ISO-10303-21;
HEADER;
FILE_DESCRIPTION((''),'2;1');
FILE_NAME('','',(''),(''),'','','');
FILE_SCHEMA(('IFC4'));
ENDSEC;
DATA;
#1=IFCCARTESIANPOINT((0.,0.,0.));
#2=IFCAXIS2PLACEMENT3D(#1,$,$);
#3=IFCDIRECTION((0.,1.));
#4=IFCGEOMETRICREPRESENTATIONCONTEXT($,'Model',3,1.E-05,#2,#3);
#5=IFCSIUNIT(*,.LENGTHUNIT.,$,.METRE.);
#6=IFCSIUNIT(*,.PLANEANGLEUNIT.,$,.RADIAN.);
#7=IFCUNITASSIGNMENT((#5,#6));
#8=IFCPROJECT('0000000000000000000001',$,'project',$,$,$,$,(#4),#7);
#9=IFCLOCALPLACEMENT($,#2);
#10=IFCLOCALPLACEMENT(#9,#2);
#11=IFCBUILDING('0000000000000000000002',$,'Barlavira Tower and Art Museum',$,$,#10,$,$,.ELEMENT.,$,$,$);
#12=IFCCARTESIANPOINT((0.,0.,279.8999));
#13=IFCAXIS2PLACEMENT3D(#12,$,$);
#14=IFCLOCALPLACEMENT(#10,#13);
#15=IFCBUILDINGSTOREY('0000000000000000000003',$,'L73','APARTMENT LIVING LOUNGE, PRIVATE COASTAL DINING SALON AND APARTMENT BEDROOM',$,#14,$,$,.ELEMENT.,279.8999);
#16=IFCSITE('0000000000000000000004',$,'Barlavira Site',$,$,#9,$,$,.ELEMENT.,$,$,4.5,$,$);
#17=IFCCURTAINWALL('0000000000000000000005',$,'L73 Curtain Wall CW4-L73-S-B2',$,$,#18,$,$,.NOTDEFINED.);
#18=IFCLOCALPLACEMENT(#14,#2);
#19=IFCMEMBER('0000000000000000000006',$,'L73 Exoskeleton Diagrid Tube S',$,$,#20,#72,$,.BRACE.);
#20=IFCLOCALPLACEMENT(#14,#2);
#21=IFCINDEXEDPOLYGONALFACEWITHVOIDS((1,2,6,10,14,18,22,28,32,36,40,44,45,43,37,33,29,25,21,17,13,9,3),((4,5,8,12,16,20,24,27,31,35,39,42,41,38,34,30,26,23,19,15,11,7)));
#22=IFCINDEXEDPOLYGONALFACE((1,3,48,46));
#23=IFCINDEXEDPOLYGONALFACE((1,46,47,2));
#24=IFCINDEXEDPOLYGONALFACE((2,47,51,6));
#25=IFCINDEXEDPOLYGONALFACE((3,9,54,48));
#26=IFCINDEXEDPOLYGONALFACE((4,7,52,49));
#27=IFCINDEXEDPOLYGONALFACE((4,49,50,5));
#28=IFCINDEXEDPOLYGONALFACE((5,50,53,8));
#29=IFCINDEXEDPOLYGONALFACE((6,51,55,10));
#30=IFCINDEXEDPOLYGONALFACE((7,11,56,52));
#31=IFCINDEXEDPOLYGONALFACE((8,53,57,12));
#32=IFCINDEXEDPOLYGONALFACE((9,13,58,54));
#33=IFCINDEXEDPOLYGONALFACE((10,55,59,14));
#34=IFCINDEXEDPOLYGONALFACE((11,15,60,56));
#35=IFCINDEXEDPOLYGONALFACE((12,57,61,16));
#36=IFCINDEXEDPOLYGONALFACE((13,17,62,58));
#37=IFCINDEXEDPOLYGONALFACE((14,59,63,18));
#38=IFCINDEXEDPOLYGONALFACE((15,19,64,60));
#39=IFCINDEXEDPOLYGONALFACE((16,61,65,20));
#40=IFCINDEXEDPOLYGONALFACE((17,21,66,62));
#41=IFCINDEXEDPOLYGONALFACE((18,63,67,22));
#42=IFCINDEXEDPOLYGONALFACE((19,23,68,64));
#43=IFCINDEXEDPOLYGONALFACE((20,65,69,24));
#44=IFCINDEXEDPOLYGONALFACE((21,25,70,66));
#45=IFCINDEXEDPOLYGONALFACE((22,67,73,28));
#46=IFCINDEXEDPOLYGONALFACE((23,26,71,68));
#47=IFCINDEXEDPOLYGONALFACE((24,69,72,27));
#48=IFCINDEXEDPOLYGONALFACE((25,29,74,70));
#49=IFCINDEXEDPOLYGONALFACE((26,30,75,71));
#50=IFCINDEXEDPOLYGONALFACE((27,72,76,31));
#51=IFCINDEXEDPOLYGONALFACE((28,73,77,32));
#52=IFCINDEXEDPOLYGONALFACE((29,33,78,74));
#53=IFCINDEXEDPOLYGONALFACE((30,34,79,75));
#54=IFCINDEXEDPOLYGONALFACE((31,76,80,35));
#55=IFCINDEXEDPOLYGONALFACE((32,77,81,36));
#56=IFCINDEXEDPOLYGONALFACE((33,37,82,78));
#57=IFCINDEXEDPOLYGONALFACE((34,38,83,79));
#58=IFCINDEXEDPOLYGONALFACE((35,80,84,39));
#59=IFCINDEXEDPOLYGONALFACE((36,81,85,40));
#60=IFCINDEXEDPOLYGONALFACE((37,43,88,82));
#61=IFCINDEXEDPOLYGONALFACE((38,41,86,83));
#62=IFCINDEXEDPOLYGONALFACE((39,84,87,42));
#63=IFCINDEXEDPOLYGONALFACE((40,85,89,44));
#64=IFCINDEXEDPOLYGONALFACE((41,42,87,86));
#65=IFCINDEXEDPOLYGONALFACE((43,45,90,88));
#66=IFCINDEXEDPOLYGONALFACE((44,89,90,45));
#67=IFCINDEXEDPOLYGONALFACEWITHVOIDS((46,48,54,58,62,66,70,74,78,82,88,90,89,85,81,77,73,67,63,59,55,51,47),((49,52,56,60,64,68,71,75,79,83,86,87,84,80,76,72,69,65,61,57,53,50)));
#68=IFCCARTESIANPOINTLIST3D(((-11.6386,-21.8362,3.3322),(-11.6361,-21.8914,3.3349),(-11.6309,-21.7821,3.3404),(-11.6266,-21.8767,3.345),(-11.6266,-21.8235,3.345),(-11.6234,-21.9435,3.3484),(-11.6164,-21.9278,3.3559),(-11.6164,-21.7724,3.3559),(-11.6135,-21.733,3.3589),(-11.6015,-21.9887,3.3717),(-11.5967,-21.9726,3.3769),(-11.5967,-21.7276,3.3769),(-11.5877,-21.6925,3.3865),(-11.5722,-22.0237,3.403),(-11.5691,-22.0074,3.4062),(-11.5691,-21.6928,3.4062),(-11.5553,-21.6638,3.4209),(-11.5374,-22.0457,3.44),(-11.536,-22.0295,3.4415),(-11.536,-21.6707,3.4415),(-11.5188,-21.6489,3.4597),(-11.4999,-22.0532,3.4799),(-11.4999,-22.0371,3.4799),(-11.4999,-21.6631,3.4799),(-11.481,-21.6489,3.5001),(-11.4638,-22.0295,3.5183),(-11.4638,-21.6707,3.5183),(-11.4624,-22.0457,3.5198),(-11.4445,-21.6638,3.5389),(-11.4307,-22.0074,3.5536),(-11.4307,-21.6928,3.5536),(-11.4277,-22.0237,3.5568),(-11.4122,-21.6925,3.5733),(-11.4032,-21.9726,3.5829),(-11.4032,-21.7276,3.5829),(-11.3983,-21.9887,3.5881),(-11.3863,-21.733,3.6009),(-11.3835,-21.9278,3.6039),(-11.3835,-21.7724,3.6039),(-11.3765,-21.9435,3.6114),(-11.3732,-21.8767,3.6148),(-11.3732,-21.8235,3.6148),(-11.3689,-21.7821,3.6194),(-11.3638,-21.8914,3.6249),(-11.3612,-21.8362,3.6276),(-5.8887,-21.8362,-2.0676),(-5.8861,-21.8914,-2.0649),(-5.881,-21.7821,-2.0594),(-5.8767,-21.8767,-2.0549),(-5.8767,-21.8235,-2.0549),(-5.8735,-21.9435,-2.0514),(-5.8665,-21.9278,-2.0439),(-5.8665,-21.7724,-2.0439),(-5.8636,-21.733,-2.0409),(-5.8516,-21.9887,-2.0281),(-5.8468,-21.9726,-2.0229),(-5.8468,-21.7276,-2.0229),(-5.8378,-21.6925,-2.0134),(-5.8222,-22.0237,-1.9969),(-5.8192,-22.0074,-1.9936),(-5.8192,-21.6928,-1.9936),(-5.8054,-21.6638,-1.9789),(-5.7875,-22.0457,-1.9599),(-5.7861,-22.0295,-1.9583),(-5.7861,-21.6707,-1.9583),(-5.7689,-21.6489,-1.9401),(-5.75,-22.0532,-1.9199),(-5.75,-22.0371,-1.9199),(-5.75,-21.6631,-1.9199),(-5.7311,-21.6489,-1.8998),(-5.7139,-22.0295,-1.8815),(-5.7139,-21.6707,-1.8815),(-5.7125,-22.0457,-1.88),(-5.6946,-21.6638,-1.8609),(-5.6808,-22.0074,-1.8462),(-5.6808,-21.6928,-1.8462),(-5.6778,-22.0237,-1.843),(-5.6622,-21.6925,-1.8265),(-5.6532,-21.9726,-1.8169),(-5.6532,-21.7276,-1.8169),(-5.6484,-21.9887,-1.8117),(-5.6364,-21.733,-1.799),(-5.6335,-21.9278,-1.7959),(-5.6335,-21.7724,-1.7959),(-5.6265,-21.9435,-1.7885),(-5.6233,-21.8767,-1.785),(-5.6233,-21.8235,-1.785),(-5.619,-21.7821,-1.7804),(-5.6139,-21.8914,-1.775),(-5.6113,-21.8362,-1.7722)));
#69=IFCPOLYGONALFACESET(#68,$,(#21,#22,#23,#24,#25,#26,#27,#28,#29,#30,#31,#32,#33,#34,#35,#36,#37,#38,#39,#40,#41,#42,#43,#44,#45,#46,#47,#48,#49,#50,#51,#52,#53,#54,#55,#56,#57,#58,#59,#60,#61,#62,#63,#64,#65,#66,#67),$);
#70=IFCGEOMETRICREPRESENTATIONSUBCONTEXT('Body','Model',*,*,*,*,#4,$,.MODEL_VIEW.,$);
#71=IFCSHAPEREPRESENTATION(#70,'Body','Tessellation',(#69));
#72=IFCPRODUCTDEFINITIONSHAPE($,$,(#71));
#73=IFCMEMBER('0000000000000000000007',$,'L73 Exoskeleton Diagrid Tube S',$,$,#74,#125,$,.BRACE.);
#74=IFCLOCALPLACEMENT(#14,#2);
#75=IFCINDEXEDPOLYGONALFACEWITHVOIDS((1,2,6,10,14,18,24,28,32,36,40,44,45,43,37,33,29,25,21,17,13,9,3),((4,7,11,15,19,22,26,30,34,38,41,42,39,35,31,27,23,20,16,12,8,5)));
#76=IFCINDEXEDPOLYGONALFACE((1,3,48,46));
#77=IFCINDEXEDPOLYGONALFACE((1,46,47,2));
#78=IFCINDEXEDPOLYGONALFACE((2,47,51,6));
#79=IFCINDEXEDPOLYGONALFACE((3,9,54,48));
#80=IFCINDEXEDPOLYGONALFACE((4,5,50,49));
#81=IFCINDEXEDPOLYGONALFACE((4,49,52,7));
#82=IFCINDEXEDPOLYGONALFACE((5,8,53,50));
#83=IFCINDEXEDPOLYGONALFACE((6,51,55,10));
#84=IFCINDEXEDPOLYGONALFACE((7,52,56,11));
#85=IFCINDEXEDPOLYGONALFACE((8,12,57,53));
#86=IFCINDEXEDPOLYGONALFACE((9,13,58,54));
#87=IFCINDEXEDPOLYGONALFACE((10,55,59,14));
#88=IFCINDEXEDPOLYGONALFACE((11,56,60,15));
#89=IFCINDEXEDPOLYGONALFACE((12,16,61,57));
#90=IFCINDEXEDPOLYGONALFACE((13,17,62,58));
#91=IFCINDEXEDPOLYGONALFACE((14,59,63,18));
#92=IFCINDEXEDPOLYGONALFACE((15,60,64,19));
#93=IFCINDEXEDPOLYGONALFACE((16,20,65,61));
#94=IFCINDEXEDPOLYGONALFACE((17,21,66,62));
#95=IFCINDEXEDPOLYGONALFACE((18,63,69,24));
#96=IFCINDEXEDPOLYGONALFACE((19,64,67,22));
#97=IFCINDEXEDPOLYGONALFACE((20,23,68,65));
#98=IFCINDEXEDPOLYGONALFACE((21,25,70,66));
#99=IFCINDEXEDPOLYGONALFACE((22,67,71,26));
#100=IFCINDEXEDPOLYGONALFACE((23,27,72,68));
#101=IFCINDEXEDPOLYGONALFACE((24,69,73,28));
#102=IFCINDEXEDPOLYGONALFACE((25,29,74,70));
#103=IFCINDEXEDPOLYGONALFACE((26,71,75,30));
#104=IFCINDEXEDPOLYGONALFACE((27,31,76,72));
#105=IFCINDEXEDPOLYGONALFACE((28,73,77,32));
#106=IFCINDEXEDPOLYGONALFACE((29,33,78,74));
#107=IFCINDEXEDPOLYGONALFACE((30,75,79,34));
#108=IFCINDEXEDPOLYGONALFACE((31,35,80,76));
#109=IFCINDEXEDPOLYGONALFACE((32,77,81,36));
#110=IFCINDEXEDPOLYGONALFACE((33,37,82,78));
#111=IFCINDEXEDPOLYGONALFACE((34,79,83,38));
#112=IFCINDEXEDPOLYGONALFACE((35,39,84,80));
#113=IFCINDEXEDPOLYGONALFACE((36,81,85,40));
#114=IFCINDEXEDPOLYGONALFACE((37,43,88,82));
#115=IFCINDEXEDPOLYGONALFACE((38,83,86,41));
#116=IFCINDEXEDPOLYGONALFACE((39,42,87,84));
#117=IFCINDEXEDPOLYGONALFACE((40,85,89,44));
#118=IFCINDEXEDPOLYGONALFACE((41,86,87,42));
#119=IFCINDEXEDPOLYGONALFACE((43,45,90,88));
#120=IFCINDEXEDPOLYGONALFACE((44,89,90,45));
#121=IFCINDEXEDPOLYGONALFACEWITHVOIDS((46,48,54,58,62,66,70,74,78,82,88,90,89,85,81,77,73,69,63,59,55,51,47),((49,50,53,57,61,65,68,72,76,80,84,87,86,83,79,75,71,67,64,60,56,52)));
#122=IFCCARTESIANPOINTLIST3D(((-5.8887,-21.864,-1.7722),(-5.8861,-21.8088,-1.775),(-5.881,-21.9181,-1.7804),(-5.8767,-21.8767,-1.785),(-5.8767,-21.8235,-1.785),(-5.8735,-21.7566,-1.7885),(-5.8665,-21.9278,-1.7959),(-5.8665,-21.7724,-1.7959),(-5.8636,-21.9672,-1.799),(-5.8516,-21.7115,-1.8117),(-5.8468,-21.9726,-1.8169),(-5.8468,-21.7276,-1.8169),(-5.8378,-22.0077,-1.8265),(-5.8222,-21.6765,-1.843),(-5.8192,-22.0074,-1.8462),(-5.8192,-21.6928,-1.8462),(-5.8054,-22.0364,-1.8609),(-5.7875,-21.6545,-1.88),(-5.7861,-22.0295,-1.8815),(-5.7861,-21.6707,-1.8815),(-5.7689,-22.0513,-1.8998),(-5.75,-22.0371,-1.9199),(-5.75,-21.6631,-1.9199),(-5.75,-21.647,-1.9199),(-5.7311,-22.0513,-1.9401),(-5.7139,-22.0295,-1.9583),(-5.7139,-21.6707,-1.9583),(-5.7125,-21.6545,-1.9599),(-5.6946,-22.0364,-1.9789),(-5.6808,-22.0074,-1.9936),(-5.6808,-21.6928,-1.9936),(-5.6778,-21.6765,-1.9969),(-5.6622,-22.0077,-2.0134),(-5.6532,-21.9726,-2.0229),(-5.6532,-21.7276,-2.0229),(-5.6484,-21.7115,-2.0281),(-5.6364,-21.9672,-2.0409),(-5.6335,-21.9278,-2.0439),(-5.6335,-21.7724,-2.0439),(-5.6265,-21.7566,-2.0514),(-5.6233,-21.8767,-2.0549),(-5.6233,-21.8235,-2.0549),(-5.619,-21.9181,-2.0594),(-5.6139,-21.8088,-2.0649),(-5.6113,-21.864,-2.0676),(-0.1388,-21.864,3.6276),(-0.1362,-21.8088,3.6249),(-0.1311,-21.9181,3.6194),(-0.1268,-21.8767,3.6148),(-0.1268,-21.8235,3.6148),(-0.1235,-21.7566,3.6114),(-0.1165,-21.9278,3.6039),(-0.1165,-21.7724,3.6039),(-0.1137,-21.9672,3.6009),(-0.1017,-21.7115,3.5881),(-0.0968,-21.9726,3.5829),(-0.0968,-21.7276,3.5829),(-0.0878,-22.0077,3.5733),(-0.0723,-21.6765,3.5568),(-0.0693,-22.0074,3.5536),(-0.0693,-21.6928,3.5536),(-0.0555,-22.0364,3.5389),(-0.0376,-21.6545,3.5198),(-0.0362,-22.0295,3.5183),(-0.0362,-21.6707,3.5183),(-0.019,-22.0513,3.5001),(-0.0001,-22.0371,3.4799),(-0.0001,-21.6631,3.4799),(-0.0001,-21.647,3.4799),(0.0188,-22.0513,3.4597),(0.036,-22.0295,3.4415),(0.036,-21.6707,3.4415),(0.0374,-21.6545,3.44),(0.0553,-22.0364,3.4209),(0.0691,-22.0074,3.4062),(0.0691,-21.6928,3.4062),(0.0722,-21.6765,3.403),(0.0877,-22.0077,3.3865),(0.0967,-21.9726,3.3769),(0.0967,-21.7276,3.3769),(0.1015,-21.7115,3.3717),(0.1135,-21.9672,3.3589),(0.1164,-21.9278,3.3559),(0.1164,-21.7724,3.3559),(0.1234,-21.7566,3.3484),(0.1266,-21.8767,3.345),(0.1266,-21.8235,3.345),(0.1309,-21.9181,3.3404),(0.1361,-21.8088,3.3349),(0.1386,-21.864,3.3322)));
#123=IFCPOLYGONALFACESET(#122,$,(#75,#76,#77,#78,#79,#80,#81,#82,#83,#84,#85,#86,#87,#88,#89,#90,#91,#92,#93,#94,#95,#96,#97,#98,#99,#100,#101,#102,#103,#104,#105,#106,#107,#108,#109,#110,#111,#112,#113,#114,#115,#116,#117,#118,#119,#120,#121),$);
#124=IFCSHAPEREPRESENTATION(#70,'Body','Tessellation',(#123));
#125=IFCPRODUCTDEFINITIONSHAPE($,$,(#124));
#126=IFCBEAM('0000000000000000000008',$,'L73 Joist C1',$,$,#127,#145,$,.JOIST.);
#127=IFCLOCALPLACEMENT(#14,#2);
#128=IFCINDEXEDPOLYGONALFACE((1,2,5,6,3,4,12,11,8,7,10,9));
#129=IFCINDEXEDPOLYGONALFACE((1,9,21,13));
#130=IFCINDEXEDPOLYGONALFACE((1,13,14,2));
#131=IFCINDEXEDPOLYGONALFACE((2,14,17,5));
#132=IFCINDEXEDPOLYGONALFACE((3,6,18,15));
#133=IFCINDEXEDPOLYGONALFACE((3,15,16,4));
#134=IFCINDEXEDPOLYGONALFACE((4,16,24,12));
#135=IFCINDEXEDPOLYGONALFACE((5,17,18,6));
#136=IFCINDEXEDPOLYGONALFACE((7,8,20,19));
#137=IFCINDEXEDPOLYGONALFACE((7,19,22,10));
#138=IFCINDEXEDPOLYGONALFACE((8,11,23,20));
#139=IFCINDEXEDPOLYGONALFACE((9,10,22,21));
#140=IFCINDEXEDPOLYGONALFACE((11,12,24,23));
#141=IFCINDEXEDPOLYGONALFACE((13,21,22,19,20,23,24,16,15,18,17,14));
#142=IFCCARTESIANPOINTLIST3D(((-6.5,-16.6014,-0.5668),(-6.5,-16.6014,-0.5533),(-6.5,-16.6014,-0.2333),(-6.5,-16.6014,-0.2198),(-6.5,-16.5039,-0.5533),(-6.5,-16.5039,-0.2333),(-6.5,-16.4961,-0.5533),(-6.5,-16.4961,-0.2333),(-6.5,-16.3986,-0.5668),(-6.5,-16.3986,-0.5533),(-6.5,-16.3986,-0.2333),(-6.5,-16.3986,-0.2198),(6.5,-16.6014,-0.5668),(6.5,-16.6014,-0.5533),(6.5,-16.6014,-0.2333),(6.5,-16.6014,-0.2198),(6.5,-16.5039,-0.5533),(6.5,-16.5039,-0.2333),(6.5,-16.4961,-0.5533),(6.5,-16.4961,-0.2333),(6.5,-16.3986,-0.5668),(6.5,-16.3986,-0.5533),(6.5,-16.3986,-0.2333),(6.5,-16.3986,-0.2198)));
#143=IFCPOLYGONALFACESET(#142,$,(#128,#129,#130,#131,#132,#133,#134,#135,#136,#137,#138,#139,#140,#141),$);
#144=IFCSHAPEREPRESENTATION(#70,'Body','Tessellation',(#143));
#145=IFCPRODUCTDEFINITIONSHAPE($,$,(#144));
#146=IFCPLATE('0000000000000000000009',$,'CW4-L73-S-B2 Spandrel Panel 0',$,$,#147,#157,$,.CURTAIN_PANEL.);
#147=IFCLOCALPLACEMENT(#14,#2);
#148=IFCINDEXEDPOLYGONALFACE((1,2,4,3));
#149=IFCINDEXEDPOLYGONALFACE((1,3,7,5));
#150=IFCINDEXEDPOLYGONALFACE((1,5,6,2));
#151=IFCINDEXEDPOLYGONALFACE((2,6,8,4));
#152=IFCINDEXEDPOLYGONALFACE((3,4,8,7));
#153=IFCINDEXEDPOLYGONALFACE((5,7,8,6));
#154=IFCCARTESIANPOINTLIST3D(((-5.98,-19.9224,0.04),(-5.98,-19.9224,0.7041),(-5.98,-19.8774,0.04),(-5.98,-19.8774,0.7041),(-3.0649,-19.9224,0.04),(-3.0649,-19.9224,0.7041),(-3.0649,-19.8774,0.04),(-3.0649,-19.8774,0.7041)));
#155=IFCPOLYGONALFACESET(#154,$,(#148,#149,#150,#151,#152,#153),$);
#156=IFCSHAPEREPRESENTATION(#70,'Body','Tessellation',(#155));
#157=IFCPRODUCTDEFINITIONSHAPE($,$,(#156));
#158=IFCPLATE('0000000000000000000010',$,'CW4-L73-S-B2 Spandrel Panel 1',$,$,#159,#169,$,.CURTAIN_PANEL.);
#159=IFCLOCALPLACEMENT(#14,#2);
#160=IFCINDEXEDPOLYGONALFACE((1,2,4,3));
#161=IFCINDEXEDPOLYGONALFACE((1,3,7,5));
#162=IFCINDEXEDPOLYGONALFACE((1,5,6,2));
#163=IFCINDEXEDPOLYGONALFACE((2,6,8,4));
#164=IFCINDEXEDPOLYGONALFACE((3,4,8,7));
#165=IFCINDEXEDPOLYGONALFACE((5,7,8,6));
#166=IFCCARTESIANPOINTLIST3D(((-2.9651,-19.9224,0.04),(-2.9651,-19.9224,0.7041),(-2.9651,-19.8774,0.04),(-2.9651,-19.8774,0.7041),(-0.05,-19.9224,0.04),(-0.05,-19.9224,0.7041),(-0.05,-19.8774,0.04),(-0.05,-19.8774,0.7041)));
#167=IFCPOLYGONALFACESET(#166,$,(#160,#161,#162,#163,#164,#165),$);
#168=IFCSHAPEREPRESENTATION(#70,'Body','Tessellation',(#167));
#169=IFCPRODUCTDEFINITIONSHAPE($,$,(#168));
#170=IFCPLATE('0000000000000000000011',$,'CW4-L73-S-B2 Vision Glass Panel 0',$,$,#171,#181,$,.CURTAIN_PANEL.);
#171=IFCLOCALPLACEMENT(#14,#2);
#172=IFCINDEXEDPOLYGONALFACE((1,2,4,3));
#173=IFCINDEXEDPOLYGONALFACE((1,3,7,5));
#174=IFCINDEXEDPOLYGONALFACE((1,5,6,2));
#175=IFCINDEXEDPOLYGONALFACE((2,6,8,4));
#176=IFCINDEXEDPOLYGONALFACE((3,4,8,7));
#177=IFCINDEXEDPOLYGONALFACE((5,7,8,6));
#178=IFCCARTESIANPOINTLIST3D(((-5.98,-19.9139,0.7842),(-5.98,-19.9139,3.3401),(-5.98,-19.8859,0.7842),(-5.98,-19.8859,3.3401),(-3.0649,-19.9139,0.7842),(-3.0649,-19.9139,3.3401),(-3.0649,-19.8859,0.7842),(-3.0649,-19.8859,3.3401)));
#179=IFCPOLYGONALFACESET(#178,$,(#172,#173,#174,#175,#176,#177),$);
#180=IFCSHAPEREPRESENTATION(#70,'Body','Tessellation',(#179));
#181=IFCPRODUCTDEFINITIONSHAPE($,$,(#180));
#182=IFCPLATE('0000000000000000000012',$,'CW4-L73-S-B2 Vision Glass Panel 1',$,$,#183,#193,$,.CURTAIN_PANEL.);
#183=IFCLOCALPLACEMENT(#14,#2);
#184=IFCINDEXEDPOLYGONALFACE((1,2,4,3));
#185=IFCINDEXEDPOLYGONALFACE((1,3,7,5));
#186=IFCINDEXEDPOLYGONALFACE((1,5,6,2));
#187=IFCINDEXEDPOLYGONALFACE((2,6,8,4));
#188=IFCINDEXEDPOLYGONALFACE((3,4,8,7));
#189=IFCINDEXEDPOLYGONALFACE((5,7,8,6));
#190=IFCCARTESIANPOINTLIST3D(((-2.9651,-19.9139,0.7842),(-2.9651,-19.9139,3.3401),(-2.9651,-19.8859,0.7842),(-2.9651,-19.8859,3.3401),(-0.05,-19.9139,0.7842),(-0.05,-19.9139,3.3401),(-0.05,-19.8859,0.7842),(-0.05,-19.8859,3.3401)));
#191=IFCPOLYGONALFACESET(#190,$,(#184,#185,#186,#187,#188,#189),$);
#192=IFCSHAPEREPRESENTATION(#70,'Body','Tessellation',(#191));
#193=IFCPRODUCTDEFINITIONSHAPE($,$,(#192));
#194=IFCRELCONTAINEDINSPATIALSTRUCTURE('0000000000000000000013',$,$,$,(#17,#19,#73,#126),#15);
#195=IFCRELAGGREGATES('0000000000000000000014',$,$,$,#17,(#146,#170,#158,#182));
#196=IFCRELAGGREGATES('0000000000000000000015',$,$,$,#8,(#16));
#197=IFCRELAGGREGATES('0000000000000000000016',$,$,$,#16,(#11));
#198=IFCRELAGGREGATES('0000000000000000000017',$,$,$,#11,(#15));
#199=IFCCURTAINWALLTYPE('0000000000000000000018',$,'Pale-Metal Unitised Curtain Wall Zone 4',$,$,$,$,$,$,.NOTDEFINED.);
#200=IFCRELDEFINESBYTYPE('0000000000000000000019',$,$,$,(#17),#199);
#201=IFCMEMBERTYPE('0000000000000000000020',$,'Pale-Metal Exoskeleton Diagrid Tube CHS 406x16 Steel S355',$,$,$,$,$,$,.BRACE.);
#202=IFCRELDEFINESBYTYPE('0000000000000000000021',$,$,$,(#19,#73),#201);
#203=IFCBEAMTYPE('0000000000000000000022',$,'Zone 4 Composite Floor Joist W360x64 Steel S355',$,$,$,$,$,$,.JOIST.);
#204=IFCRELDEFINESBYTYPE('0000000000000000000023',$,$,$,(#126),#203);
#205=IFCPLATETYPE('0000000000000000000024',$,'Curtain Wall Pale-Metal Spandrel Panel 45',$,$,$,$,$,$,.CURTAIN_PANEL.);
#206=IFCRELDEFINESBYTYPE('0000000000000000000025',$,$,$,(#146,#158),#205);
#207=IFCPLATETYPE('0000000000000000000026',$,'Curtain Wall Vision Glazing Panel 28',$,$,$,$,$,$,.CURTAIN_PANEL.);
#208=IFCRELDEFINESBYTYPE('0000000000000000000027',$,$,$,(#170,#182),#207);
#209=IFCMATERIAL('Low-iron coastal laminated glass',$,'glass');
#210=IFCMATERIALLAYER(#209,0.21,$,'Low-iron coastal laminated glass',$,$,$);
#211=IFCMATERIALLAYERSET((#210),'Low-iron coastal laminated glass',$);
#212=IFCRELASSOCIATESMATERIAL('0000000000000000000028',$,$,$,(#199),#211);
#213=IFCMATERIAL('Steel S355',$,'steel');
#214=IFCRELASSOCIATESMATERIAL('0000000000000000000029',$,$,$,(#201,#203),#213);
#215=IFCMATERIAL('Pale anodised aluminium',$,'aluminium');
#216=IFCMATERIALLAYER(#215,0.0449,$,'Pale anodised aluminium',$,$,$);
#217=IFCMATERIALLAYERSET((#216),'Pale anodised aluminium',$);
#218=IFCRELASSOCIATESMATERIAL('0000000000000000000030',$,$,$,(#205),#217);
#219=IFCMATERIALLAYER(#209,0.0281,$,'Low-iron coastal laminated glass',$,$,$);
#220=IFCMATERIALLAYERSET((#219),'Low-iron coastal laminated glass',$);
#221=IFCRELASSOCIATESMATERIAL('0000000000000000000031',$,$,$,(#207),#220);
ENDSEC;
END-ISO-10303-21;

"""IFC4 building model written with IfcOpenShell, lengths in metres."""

from ifc_helpers import new_model, si_unit, direction, frame, origin, origin_2d, place, context, subcontext, project, spatial, rectangle, hollow_circle, i_section, extrude, material, layer, layer_set, material_profile, profile_set, type_object, element, aggregate, save


model = new_model("IFC4")

# Units and contexts
model_context = context("Model", 3, precision=1e-05, world=origin(), true_north=direction((0.0, 1.0)))
body_context = subcontext(model_context, "Body", "Model", "MODEL_VIEW")
ifc_project = project(units=[si_unit("LENGTHUNIT", "METRE"), si_unit("PLANEANGLEUNIT", "RADIAN")], contexts=[model_context])

# Site, building, storey
site_placement = place(None, origin())
site = spatial("IfcSite", under=ifc_project, at=site_placement, Name="Barlavira Site", CompositionType="ELEMENT", RefElevation=4.5)
building_placement = place(site_placement, origin())
building = spatial("IfcBuilding", under=site, at=building_placement, Name="Barlavira Tower and Art Museum", CompositionType="ELEMENT")
storey_placement = place(building_placement, frame((0.0, 0.0, 279.8999)))
storey = spatial("IfcBuildingStorey", under=building, at=storey_placement, Name="L73", Description="APARTMENT LIVING LOUNGE, PRIVATE COASTAL DINING SALON AND APARTMENT BEDROOM", CompositionType="ELEMENT", Elevation=279.8999)

# Curtain wall
ifc_material_1 = material(Name="Low-iron coastal laminated glass", Category="glass")
ifc_layer_1 = layer(ifc_material_1, 0.21, Name="Low-iron coastal laminated glass")
ifc_layer_set_1 = layer_set([ifc_layer_1], Name="Low-iron coastal laminated glass")
curtain_wall_type = type_object("IfcCurtainWallType", Name="Pale-Metal Unitised Curtain Wall Zone 4", PredefinedType="NOTDEFINED", material=ifc_layer_set_1)
curtain_wall_placement = place(storey_placement, origin())
curtain_wall = element("IfcCurtainWall", 1, at=curtain_wall_placement, inside=storey, type_object=curtain_wall_type, Name="L73 Curtain Wall CW4-L73-S-B2", PredefinedType="NOTDEFINED")
ifc_material_2 = material(Name="Pale anodised aluminium", Category="aluminium")

# Members
ifc_material_3 = material(Name="Steel S355", Category="steel")
ifc_material_profile_1 = material_profile(ifc_material_3, hollow_circle(Radius=0.2031, WallThickness=0.0161, at=origin_2d()), Name="CHS 406.4x16.0")
ifc_profile_set_1 = profile_set([ifc_material_profile_1], Name="Steel S355")
member_type_1 = type_object("IfcMemberType", Name="Pale-Metal Exoskeleton Diagrid Tube CHS 406x16 Steel S355", PredefinedType="BRACE", material=ifc_profile_set_1)
for number, where, z_axis, x_axis, name in (
    (2, (-5.75, -21.8501, -1.9199), (-0.72895, 0.0, 0.684567), (0.0, -1.0, 0.0), "L73 Exoskeleton Diagrid Tube S"),
    (3, (-5.75, -21.8501, -1.9199), (0.72895, 0.0, 0.684567), (0.0, 1.0, 0.0), "L73 Exoskeleton Diagrid Tube S"),
):
    element("IfcMember", number, at=place(storey_placement, frame(where, z_axis=z_axis, x_axis=x_axis)), inside=storey, type_object=member_type_1, Name=name, PredefinedType="BRACE", context=body_context, shape_type="SweptSolid", body=[
        extrude(hollow_circle(Radius=0.2031, WallThickness=0.0161, at=origin_2d()), origin(), (0.0, 0.0, 1.0), 7.8879),
    ])

# Beam
ifc_material_profile_2 = material_profile(ifc_material_3, i_section(OverallWidth=0.2029, OverallDepth=0.3469, WebThickness=0.0078, FlangeThickness=0.0134, at=origin_2d()), Name="W360x64.0")
ifc_profile_set_2 = profile_set([ifc_material_profile_2], Name="Steel S355")
beam_type = type_object("IfcBeamType", Name="Zone 4 Composite Floor Joist W360x64 Steel S355", PredefinedType="JOIST", material=ifc_profile_set_2)
beam_placement = place(storey_placement, frame((-6.5, -16.5, -0.3933), z_axis=(1.0, 0.0, 0.0), x_axis=(0.0, 1.0, 0.0)))
element("IfcBeam", 4, at=beam_placement, inside=storey, type_object=beam_type, Name="L73 Joist C1", PredefinedType="JOIST", context=body_context, shape_type="SweptSolid", body=[
    extrude(i_section(OverallWidth=0.2029, OverallDepth=0.3469, WebThickness=0.0078, FlangeThickness=0.0134, at=origin_2d()), origin(), (0.0, 0.0, 1.0), 13.0),
])

# Plates
ifc_layer_2 = layer(ifc_material_2, 0.0449, Name="Pale anodised aluminium")
ifc_layer_set_2 = layer_set([ifc_layer_2], Name="Pale anodised aluminium")
plate_type_1 = type_object("IfcPlateType", Name="Curtain Wall Pale-Metal Spandrel Panel 45", PredefinedType="CURTAIN_PANEL", material=ifc_layer_set_2)
plate_1_placement = place(storey_placement, frame((-4.5225, -19.8999, 0.04), z_axis=(0.0, 0.0, 1.0), x_axis=(1.0, 0.0, 0.0)))
plate_1 = element("IfcPlate", 5, at=plate_1_placement, type_object=plate_type_1, Name="CW4-L73-S-B2 Spandrel Panel 0", PredefinedType="CURTAIN_PANEL", context=body_context, shape_type="SweptSolid", body=[
    extrude(rectangle(XDim=2.915, YDim=0.0449, at=origin_2d()), origin(), (0.0, 0.0, 1.0), 0.6641),
])
plate_2_placement = place(storey_placement, frame((-1.5076, -19.8999, 0.04), z_axis=(0.0, 0.0, 1.0), x_axis=(1.0, 0.0, 0.0)))
plate_2 = element("IfcPlate", 6, at=plate_2_placement, type_object=plate_type_1, Name="CW4-L73-S-B2 Spandrel Panel 1", PredefinedType="CURTAIN_PANEL", context=body_context, shape_type="SweptSolid", body=[
    extrude(rectangle(XDim=2.915, YDim=0.0449, at=origin_2d()), origin(), (0.0, 0.0, 1.0), 0.6641),
])
ifc_layer_3 = layer(ifc_material_1, 0.0281, Name="Low-iron coastal laminated glass")
ifc_layer_set_3 = layer_set([ifc_layer_3], Name="Low-iron coastal laminated glass")
plate_type_2 = type_object("IfcPlateType", Name="Curtain Wall Vision Glazing Panel 28", PredefinedType="CURTAIN_PANEL", material=ifc_layer_set_3)
plate_3_placement = place(storey_placement, frame((-4.5225, -19.8999, 0.7842), z_axis=(0.0, 0.0, 1.0), x_axis=(1.0, 0.0, 0.0)))
plate_3 = element("IfcPlate", 7, at=plate_3_placement, type_object=plate_type_2, Name="CW4-L73-S-B2 Vision Glass Panel 0", PredefinedType="CURTAIN_PANEL", context=body_context, shape_type="SweptSolid", body=[
    extrude(rectangle(XDim=2.915, YDim=0.0281, at=origin_2d()), origin(), (0.0, 0.0, 1.0), 2.5559),
])
plate_4_placement = place(storey_placement, frame((-1.5076, -19.8999, 0.7842), z_axis=(0.0, 0.0, 1.0), x_axis=(1.0, 0.0, 0.0)))
plate_4 = element("IfcPlate", 8, at=plate_4_placement, type_object=plate_type_2, Name="CW4-L73-S-B2 Vision Glass Panel 1", PredefinedType="CURTAIN_PANEL", context=body_context, shape_type="SweptSolid", body=[
    extrude(rectangle(XDim=2.915, YDim=0.0281, at=origin_2d()), origin(), (0.0, 0.0, 1.0), 2.5559),
])
aggregate(curtain_wall, [plate_1, plate_3, plate_2, plate_4])

save(model, "model.ifc")
